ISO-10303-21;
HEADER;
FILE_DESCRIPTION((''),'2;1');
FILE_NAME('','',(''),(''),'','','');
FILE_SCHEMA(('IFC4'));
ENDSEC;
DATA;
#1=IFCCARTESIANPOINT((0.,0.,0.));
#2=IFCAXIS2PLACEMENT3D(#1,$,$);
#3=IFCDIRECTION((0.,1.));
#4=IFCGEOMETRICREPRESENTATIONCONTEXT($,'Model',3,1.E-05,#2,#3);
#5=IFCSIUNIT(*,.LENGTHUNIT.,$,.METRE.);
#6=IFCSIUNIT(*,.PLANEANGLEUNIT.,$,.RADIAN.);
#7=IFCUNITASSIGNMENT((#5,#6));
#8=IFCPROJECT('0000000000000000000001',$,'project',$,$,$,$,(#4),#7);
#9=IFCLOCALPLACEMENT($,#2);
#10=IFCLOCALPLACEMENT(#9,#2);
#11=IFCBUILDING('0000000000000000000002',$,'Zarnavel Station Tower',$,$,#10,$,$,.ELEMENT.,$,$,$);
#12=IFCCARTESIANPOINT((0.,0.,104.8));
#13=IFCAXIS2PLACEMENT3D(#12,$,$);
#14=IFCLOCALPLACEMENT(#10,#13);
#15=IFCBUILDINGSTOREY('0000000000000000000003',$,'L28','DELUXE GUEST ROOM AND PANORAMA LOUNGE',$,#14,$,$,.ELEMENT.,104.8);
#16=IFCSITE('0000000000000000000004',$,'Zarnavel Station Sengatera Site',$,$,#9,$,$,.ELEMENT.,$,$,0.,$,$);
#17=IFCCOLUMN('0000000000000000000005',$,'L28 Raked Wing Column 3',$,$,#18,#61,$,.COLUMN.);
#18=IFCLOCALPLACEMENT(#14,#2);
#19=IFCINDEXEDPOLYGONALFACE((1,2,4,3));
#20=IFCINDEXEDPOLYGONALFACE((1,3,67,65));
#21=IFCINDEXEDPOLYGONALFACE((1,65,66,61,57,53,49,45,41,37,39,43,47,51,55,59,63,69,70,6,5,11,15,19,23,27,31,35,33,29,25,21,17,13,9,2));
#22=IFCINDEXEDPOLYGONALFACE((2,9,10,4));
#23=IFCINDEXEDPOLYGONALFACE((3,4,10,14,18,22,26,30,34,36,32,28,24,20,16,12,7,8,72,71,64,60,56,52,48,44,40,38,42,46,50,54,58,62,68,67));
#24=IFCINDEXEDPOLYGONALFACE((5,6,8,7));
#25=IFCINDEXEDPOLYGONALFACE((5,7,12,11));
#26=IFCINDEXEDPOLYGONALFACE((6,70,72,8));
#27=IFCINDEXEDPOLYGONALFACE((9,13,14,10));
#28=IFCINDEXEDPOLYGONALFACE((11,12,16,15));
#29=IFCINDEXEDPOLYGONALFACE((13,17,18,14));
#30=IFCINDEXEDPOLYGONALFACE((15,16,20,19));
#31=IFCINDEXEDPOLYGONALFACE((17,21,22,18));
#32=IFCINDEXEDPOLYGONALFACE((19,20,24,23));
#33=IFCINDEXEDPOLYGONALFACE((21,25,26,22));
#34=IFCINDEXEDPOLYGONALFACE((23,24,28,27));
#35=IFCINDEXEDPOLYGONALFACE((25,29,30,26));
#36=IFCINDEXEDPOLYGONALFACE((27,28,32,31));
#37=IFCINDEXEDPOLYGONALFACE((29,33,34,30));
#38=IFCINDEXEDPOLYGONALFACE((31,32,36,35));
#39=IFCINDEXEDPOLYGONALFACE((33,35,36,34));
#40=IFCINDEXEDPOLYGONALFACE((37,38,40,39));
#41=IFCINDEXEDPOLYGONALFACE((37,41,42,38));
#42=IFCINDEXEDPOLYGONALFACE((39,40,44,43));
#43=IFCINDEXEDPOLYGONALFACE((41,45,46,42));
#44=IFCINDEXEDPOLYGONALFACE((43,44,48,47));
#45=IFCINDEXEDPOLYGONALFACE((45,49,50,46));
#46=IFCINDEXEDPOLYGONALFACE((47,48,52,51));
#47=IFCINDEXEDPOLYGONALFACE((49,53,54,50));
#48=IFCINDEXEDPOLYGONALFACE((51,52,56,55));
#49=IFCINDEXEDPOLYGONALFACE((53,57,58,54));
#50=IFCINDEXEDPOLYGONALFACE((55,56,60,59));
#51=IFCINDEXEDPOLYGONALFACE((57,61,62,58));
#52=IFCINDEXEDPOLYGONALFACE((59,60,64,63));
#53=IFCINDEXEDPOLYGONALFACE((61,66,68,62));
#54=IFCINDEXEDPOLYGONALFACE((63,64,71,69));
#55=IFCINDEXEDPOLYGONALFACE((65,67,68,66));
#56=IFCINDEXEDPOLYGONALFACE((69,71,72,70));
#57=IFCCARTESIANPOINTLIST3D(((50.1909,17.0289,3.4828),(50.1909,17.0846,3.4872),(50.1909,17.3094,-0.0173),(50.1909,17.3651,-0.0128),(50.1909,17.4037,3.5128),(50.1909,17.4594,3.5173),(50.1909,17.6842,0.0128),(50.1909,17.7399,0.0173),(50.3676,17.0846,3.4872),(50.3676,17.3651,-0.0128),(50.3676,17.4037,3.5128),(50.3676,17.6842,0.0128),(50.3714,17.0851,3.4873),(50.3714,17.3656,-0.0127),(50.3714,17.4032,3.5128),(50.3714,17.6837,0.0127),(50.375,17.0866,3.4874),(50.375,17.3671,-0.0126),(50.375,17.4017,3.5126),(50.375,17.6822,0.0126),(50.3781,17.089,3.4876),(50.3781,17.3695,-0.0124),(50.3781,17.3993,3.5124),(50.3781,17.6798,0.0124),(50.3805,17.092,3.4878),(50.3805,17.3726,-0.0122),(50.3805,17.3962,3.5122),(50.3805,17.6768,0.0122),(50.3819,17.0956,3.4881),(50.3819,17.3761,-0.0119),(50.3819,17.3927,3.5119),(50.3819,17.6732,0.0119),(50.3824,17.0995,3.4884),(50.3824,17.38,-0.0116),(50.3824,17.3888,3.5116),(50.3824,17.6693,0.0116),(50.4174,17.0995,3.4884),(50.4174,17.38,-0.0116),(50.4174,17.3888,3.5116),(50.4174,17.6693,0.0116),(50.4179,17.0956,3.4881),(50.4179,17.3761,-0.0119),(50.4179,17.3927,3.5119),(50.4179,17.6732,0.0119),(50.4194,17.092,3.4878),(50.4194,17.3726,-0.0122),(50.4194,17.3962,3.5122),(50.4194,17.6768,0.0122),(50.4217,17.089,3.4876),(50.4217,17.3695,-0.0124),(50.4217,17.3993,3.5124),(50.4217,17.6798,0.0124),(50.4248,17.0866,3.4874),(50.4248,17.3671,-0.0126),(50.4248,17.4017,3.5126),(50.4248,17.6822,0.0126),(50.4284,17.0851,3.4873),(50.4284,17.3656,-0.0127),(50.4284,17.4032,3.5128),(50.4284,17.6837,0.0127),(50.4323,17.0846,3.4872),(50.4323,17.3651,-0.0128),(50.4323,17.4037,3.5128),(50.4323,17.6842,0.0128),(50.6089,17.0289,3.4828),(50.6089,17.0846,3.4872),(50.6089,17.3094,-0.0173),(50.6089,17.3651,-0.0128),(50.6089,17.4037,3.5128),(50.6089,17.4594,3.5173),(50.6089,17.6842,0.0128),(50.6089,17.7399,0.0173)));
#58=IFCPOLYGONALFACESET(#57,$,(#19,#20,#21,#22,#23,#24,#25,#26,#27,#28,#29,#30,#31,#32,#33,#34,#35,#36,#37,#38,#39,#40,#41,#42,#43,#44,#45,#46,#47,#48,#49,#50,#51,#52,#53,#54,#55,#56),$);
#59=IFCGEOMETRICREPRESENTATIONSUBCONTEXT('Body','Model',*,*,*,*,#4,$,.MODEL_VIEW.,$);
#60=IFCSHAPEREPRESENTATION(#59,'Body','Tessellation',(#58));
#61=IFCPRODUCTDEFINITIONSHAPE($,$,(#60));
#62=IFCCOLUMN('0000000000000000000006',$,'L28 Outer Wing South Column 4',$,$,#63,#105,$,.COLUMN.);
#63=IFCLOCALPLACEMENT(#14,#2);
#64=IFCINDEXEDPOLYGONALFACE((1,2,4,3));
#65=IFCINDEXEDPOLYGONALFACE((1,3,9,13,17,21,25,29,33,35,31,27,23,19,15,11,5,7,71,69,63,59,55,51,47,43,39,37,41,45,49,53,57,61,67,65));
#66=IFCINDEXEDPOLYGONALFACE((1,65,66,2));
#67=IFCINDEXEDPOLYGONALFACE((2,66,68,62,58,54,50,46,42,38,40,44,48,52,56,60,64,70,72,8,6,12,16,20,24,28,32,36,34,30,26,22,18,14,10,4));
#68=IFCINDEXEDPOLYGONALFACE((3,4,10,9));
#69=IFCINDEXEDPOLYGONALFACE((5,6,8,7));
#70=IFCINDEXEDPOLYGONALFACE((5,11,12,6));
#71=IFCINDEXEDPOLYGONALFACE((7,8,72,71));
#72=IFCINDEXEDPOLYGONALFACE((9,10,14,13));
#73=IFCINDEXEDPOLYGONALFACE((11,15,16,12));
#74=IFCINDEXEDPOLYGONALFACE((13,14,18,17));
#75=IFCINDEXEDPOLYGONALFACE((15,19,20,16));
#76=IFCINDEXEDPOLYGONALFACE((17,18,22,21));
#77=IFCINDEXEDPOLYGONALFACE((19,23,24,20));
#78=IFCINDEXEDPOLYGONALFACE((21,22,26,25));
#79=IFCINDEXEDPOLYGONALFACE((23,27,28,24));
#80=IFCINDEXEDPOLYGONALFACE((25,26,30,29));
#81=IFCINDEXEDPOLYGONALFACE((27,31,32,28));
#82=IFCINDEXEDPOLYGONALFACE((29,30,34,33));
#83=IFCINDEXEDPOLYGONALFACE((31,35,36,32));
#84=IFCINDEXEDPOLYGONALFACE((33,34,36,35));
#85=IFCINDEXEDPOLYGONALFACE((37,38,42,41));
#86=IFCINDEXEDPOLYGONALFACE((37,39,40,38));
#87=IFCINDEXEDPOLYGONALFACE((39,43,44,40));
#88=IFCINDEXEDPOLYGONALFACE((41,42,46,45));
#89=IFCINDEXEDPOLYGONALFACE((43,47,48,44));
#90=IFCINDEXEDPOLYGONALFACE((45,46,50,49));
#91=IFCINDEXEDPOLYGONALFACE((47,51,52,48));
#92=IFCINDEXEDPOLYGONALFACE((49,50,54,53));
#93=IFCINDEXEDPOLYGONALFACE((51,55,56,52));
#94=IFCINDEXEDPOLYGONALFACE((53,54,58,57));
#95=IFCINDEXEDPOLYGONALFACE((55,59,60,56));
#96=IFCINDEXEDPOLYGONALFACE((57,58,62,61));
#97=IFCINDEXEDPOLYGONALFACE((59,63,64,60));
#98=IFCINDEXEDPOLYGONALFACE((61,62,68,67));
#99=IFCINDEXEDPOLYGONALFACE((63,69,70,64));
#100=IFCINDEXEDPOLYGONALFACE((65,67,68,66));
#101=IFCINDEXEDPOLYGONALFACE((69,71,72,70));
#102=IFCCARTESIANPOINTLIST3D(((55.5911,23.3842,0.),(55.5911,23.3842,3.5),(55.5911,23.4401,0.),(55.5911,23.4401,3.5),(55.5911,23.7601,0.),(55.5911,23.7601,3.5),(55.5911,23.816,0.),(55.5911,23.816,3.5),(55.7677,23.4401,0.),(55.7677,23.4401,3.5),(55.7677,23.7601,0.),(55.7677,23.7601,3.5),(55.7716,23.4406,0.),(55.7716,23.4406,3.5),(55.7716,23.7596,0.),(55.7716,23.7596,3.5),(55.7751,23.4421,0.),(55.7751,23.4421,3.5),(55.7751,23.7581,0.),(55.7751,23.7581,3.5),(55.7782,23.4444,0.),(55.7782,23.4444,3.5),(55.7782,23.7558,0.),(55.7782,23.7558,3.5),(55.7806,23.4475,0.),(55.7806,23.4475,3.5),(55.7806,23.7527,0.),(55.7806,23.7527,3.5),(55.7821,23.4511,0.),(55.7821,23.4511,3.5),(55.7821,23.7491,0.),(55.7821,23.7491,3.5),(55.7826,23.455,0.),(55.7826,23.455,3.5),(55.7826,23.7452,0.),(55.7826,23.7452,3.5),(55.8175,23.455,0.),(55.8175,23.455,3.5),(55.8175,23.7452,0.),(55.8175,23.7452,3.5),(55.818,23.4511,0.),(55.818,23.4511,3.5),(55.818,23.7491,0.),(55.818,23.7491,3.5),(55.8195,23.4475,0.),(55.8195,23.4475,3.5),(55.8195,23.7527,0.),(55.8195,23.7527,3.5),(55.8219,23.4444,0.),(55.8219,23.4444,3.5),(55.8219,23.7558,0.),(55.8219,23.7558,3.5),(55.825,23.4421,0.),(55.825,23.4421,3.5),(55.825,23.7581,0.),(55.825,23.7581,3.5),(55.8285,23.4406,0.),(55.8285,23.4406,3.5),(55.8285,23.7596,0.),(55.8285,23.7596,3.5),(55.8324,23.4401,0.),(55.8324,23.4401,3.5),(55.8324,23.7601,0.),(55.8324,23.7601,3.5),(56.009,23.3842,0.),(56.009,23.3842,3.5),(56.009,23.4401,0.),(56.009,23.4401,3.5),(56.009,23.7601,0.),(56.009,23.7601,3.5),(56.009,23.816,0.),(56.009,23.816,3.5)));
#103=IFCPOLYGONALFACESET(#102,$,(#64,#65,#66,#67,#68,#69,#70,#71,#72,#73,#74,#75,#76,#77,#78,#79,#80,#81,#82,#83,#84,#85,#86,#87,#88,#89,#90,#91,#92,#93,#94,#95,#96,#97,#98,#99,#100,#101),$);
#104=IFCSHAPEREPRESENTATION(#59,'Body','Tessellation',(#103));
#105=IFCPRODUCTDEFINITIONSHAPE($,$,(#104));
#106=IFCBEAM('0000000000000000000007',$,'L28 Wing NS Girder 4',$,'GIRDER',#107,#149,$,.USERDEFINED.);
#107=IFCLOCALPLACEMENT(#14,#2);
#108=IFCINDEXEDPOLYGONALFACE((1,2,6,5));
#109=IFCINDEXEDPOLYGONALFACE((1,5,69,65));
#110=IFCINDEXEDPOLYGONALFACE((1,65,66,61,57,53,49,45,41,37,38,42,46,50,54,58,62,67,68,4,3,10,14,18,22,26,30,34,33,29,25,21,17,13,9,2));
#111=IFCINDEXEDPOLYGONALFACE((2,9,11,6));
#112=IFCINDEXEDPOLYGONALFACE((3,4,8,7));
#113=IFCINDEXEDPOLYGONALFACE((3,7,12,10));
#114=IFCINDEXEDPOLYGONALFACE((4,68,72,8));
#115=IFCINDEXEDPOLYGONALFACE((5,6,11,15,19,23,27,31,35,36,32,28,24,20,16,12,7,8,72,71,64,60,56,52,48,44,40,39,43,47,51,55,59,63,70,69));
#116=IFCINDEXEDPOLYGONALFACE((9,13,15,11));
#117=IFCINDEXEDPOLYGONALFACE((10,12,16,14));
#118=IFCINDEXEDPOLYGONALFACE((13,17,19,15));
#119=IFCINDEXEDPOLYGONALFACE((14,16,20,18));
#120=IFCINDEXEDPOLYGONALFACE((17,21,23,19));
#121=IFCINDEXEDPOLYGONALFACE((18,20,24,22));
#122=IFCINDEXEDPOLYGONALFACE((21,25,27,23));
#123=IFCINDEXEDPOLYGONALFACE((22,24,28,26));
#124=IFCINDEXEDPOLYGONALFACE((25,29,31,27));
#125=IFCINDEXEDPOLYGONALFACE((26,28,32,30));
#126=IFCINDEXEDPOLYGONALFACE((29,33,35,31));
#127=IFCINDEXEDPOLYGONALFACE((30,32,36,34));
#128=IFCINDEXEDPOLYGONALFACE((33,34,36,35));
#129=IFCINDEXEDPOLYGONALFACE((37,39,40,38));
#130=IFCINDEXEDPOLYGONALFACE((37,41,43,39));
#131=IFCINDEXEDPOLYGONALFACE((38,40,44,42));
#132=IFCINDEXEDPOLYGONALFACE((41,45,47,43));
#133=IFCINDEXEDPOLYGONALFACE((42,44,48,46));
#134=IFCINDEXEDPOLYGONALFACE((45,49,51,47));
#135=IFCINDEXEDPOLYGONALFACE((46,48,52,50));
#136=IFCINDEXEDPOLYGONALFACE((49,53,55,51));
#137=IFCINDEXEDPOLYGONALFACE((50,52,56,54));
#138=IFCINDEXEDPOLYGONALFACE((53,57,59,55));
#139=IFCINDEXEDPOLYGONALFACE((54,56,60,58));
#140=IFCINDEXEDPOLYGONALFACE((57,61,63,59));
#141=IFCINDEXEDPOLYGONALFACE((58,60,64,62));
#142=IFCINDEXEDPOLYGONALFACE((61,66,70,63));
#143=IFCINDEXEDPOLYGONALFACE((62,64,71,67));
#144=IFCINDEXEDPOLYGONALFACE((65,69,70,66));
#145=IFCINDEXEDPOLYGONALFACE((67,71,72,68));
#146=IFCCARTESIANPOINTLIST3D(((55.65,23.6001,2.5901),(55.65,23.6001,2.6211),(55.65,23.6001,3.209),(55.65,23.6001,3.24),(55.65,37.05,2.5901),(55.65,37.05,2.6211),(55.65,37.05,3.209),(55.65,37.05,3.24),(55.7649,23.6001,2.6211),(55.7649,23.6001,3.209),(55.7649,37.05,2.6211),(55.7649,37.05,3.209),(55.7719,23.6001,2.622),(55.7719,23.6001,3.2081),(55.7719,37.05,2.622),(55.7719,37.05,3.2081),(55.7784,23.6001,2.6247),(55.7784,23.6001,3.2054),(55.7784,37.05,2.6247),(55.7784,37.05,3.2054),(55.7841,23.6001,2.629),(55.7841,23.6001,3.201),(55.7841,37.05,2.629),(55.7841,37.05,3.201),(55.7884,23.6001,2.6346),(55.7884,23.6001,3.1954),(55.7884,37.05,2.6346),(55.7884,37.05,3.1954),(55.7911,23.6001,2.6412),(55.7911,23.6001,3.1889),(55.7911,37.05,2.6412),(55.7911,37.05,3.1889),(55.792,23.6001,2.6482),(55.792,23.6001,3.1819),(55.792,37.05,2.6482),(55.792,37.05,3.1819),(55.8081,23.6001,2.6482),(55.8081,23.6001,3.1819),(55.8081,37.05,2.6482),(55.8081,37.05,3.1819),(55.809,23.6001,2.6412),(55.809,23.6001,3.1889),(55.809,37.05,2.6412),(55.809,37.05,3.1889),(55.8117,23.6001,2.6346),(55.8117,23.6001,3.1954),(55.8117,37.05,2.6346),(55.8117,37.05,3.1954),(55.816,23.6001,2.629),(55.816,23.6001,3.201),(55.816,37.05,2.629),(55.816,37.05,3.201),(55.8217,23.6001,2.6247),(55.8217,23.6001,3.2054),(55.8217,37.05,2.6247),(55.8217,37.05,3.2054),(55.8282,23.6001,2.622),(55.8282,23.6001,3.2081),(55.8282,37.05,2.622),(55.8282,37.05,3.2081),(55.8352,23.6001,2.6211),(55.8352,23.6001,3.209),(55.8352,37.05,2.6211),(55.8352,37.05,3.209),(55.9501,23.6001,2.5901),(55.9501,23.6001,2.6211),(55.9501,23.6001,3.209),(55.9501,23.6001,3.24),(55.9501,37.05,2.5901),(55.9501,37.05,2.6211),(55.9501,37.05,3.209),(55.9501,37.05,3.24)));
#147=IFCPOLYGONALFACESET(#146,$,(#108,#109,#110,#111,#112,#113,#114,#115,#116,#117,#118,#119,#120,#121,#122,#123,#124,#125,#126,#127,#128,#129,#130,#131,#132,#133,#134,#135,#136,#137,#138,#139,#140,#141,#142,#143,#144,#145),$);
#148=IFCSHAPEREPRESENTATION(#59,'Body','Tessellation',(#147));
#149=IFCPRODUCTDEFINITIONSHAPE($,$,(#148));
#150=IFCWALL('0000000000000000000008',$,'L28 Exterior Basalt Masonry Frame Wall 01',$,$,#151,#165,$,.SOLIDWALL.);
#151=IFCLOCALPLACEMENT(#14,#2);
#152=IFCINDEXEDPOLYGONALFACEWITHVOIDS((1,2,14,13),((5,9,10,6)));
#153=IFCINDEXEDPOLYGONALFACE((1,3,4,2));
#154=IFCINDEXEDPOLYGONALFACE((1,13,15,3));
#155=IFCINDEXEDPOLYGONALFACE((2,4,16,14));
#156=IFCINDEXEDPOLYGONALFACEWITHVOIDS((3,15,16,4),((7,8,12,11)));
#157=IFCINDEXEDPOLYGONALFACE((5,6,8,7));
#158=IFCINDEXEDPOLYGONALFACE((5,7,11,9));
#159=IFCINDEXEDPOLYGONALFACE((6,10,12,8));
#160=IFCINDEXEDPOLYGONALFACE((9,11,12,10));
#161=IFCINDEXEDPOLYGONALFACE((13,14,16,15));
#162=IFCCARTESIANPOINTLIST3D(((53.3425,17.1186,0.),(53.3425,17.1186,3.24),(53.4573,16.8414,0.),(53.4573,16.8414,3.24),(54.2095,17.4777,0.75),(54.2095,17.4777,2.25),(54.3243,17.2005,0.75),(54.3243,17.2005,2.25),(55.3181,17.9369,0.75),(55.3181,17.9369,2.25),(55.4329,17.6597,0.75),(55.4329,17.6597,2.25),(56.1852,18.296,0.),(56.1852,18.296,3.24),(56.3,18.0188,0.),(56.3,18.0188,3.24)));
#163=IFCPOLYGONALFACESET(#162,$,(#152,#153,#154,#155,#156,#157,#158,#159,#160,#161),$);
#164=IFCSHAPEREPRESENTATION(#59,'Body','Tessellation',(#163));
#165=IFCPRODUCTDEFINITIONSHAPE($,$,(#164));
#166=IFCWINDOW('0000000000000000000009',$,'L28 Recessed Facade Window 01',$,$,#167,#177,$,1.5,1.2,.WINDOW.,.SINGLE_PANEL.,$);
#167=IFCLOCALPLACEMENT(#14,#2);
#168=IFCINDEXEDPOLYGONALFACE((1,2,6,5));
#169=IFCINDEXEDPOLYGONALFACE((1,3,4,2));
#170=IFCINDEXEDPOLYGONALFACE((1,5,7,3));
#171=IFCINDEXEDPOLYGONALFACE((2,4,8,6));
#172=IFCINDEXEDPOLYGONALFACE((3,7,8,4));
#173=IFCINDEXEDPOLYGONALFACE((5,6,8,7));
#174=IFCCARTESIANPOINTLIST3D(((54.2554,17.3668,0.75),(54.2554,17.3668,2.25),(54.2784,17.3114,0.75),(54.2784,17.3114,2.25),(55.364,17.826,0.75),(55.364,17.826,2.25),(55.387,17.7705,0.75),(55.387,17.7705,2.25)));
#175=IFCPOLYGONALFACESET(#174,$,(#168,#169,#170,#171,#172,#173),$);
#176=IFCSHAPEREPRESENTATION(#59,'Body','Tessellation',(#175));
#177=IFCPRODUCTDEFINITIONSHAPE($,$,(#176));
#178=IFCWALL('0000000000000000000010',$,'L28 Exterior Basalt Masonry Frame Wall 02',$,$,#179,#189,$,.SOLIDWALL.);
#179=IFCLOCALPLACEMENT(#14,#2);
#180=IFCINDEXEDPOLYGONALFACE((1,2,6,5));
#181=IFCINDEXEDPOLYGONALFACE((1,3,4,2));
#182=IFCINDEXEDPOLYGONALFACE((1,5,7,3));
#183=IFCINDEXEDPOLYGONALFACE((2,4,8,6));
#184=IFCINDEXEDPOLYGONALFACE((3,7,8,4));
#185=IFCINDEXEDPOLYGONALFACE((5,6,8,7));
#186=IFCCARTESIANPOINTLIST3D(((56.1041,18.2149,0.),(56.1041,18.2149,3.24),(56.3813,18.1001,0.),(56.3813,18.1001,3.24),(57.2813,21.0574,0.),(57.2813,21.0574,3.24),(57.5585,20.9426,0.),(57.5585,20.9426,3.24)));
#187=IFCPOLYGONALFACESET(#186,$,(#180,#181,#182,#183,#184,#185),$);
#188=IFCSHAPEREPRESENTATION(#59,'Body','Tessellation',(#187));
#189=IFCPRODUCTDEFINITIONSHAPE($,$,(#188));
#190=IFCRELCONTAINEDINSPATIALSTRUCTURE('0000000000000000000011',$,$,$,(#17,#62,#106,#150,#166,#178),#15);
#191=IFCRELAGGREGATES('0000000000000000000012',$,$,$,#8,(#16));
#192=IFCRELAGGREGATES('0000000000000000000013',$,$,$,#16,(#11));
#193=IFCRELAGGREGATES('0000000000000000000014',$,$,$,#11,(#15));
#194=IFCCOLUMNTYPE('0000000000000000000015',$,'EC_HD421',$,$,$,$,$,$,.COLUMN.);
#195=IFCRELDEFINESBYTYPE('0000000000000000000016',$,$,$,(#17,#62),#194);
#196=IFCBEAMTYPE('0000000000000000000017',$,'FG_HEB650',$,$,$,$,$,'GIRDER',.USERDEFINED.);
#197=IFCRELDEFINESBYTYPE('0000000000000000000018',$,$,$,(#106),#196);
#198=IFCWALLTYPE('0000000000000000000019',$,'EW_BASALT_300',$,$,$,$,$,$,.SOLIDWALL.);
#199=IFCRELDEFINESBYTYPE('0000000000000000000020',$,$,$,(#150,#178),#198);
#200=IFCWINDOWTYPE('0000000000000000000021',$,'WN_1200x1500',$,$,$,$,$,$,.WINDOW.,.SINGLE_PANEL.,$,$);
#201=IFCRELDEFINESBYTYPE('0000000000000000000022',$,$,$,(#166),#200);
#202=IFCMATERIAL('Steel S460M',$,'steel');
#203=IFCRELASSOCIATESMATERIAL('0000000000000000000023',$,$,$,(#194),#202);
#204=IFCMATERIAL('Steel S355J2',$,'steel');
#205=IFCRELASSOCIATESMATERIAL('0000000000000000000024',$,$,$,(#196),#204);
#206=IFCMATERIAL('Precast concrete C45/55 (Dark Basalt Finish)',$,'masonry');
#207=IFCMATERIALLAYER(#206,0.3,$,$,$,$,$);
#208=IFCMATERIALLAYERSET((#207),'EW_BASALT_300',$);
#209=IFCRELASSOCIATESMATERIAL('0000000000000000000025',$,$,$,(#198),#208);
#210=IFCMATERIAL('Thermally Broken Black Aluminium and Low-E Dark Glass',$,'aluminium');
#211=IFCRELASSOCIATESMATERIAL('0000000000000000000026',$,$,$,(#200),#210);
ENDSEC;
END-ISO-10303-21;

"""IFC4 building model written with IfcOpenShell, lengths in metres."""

from ifc_helpers import new_model, si_unit, direction, frame, frame_2d, origin, origin_2d, place, context, subcontext, project, spatial, rectangle, i_section, extrude, material, layer, layer_set, material_profile, profile_set, type_object, element, fill, save


model = new_model("IFC4")

# Units and contexts
model_context = context("Model", 3, precision=1e-05, world=origin(), true_north=direction((0.0, 1.0)))
body_context = subcontext(model_context, "Body", "Model", "MODEL_VIEW")
ifc_project = project(units=[si_unit("LENGTHUNIT", "METRE"), si_unit("PLANEANGLEUNIT", "RADIAN")], contexts=[model_context])

# Site, building, storey
site_placement = place(None, origin())
site = spatial("IfcSite", under=ifc_project, at=site_placement, Name="Zarnavel Station Sengatera Site", CompositionType="ELEMENT", RefElevation=0.0)
building_placement = place(site_placement, origin())
building = spatial("IfcBuilding", under=site, at=building_placement, Name="Zarnavel Station Tower", CompositionType="ELEMENT")
storey_placement = place(building_placement, frame((0.0, 0.0, 104.8)))
storey = spatial("IfcBuildingStorey", under=building, at=storey_placement, Name="L28", Description="DELUXE GUEST ROOM AND PANORAMA LOUNGE", CompositionType="ELEMENT", Elevation=104.8)

# Columns
ifc_material_1 = material(Name="Steel S460M", Category="steel")
ifc_material_profile_1 = material_profile(ifc_material_1, i_section(OverallWidth=0.418, OverallDepth=0.4319, WebThickness=0.0349, FlangeThickness=0.0559, FilletRadius=0.0149, at=origin_2d()), Name="HD400x421")
ifc_profile_set_1 = profile_set([ifc_material_profile_1], Name="Steel S460M")
column_type = type_object("IfcColumnType", Name="EC_HD421", PredefinedType="COLUMN", material=ifc_profile_set_1)
column_1_placement = place(storey_placement, frame((50.3999, 17.5247, 0.0), z_axis=(0.0, -0.079892, 0.996804), x_axis=(1.0, 0.0, 0.0)))
element("IfcColumn", 1, at=column_1_placement, inside=storey, type_object=column_type, Name="L28 Raked Wing Column 3", PredefinedType="COLUMN", context=body_context, shape_type="SweptSolid", body=[
    extrude(i_section(OverallWidth=0.418, OverallDepth=0.4319, WebThickness=0.0349, FlangeThickness=0.0559, FilletRadius=0.0149, at=origin_2d()), origin(), (0.0, 0.0, 1.0), 3.5112),
])
column_2_placement = place(storey_placement, frame((55.8, 23.6001, 0.0), z_axis=(0.0, 0.0, 1.0), x_axis=(1.0, 0.0, 0.0)))
element("IfcColumn", 2, at=column_2_placement, inside=storey, type_object=column_type, Name="L28 Outer Wing South Column 4", PredefinedType="COLUMN", context=body_context, shape_type="SweptSolid", body=[
    extrude(i_section(OverallWidth=0.418, OverallDepth=0.4319, WebThickness=0.0349, FlangeThickness=0.0559, FilletRadius=0.0149, at=origin_2d()), origin(), (0.0, 0.0, 1.0), 3.5),
])

# Beam
ifc_material_2 = material(Name="Steel S355J2", Category="steel")
ifc_material_profile_2 = material_profile(ifc_material_2, i_section(OverallWidth=0.3, OverallDepth=0.6499, WebThickness=0.0161, FlangeThickness=0.031, FilletRadius=0.0271, at=origin_2d()), Name="HEB650")
ifc_profile_set_2 = profile_set([ifc_material_profile_2], Name="Steel S355J2")
beam_type = type_object("IfcBeamType", Name="FG_HEB650", ElementType="GIRDER", PredefinedType="USERDEFINED", material=ifc_profile_set_2)
beam_placement = place(storey_placement, frame((55.8, 23.6001, 2.915), z_axis=(0.0, 1.0, 0.0), x_axis=(-1.0, 0.0, 0.0)))
element("IfcBeam", 3, at=beam_placement, inside=storey, type_object=beam_type, Name="L28 Wing NS Girder 4", ObjectType="GIRDER", PredefinedType="USERDEFINED", context=body_context, shape_type="SweptSolid", body=[
    extrude(i_section(OverallWidth=0.3, OverallDepth=0.6499, WebThickness=0.0161, FlangeThickness=0.031, FilletRadius=0.0271, at=origin_2d()), origin(), (0.0, 0.0, 1.0), 13.45),
])

# Wall, opening, window
ifc_material_3 = material(Name="Precast concrete C45/55 (Dark Basalt Finish)", Category="masonry")
ifc_layer_1 = layer(ifc_material_3, 0.3)
ifc_layer_set_1 = layer_set([ifc_layer_1], Name="EW_BASALT_300")
wall_type_1 = type_object("IfcWallType", Name="EW_BASALT_300", PredefinedType="SOLIDWALL", material=ifc_layer_set_1)
wall_1_placement = place(storey_placement, frame((56.2427, 18.1575, 0.0), z_axis=(0.0, 0.0, 1.0), x_axis=(-0.923882, -0.382676, 0.0)))
wall_1 = element("IfcWall", 4, at=wall_1_placement, inside=storey, type_object=wall_type_1, Name="L28 Exterior Basalt Masonry Frame Wall 01", PredefinedType="SOLIDWALL", context=body_context, shape_type="SweptSolid", body=[
    extrude(rectangle(XDim=3.0769, YDim=0.3, at=frame_2d((1.5386, 0.0))), origin(), (0.0, 0.0, 1.0), 3.24),
])
opening_1_placement = place(wall_1_placement, frame((0.9385, 0.0, 0.75)))
opening_1 = element("IfcOpeningElement", 5, at=opening_1_placement, cuts=wall_1, PredefinedType="OPENING", context=body_context, shape_type="SweptSolid", body=[
    extrude(rectangle(XDim=1.2, YDim=1.5, at=frame_2d((0.6001, 0.75))), frame((0.0, 0.1599, 0.0), z_axis=(0.0, -1.0, 0.0), x_axis=(1.0, 0.0, 0.0)), (0.0, 0.0, 1.0), 0.3201),
])
ifc_material_4 = material(Name="Thermally Broken Black Aluminium and Low-E Dark Glass", Category="aluminium")
window_type_1 = type_object("IfcWindowType", Name="WN_1200x1500", PartitioningType="SINGLE_PANEL", PredefinedType="WINDOW", material=ifc_material_4)
window_1_placement = place(opening_1_placement, origin())
window_1 = element("IfcWindow", 6, at=window_1_placement, inside=storey, type_object=window_type_1, Name="L28 Recessed Facade Window 01", OverallHeight=1.5, OverallWidth=1.2, PartitioningType="SINGLE_PANEL", PredefinedType="WINDOW", context=body_context, shape_type="SweptSolid", body=[
    extrude(rectangle(XDim=1.2, YDim=1.5, at=frame_2d((0.6001, 0.75))), frame((0.0, 0.03, 0.0), z_axis=(0.0, -1.0, 0.0), x_axis=(1.0, 0.0, 0.0)), (0.0, 0.0, 1.0), 0.0601),
])
fill(opening_1, window_1)

# Wall
wall_2_placement = place(storey_placement, frame((57.4199, 21.0, 0.0), z_axis=(0.0, 0.0, 1.0), x_axis=(-0.382637, -0.923899, 0.0)))
element("IfcWall", 7, at=wall_2_placement, inside=storey, type_object=wall_type_1, Name="L28 Exterior Basalt Masonry Frame Wall 02", PredefinedType="SOLIDWALL", context=body_context, shape_type="SweptSolid", body=[
    extrude(rectangle(XDim=3.0767, YDim=0.3, at=frame_2d((1.5383, 0.0))), origin(), (0.0, 0.0, 1.0), 3.24),
])

save(model, "model.ifc")
